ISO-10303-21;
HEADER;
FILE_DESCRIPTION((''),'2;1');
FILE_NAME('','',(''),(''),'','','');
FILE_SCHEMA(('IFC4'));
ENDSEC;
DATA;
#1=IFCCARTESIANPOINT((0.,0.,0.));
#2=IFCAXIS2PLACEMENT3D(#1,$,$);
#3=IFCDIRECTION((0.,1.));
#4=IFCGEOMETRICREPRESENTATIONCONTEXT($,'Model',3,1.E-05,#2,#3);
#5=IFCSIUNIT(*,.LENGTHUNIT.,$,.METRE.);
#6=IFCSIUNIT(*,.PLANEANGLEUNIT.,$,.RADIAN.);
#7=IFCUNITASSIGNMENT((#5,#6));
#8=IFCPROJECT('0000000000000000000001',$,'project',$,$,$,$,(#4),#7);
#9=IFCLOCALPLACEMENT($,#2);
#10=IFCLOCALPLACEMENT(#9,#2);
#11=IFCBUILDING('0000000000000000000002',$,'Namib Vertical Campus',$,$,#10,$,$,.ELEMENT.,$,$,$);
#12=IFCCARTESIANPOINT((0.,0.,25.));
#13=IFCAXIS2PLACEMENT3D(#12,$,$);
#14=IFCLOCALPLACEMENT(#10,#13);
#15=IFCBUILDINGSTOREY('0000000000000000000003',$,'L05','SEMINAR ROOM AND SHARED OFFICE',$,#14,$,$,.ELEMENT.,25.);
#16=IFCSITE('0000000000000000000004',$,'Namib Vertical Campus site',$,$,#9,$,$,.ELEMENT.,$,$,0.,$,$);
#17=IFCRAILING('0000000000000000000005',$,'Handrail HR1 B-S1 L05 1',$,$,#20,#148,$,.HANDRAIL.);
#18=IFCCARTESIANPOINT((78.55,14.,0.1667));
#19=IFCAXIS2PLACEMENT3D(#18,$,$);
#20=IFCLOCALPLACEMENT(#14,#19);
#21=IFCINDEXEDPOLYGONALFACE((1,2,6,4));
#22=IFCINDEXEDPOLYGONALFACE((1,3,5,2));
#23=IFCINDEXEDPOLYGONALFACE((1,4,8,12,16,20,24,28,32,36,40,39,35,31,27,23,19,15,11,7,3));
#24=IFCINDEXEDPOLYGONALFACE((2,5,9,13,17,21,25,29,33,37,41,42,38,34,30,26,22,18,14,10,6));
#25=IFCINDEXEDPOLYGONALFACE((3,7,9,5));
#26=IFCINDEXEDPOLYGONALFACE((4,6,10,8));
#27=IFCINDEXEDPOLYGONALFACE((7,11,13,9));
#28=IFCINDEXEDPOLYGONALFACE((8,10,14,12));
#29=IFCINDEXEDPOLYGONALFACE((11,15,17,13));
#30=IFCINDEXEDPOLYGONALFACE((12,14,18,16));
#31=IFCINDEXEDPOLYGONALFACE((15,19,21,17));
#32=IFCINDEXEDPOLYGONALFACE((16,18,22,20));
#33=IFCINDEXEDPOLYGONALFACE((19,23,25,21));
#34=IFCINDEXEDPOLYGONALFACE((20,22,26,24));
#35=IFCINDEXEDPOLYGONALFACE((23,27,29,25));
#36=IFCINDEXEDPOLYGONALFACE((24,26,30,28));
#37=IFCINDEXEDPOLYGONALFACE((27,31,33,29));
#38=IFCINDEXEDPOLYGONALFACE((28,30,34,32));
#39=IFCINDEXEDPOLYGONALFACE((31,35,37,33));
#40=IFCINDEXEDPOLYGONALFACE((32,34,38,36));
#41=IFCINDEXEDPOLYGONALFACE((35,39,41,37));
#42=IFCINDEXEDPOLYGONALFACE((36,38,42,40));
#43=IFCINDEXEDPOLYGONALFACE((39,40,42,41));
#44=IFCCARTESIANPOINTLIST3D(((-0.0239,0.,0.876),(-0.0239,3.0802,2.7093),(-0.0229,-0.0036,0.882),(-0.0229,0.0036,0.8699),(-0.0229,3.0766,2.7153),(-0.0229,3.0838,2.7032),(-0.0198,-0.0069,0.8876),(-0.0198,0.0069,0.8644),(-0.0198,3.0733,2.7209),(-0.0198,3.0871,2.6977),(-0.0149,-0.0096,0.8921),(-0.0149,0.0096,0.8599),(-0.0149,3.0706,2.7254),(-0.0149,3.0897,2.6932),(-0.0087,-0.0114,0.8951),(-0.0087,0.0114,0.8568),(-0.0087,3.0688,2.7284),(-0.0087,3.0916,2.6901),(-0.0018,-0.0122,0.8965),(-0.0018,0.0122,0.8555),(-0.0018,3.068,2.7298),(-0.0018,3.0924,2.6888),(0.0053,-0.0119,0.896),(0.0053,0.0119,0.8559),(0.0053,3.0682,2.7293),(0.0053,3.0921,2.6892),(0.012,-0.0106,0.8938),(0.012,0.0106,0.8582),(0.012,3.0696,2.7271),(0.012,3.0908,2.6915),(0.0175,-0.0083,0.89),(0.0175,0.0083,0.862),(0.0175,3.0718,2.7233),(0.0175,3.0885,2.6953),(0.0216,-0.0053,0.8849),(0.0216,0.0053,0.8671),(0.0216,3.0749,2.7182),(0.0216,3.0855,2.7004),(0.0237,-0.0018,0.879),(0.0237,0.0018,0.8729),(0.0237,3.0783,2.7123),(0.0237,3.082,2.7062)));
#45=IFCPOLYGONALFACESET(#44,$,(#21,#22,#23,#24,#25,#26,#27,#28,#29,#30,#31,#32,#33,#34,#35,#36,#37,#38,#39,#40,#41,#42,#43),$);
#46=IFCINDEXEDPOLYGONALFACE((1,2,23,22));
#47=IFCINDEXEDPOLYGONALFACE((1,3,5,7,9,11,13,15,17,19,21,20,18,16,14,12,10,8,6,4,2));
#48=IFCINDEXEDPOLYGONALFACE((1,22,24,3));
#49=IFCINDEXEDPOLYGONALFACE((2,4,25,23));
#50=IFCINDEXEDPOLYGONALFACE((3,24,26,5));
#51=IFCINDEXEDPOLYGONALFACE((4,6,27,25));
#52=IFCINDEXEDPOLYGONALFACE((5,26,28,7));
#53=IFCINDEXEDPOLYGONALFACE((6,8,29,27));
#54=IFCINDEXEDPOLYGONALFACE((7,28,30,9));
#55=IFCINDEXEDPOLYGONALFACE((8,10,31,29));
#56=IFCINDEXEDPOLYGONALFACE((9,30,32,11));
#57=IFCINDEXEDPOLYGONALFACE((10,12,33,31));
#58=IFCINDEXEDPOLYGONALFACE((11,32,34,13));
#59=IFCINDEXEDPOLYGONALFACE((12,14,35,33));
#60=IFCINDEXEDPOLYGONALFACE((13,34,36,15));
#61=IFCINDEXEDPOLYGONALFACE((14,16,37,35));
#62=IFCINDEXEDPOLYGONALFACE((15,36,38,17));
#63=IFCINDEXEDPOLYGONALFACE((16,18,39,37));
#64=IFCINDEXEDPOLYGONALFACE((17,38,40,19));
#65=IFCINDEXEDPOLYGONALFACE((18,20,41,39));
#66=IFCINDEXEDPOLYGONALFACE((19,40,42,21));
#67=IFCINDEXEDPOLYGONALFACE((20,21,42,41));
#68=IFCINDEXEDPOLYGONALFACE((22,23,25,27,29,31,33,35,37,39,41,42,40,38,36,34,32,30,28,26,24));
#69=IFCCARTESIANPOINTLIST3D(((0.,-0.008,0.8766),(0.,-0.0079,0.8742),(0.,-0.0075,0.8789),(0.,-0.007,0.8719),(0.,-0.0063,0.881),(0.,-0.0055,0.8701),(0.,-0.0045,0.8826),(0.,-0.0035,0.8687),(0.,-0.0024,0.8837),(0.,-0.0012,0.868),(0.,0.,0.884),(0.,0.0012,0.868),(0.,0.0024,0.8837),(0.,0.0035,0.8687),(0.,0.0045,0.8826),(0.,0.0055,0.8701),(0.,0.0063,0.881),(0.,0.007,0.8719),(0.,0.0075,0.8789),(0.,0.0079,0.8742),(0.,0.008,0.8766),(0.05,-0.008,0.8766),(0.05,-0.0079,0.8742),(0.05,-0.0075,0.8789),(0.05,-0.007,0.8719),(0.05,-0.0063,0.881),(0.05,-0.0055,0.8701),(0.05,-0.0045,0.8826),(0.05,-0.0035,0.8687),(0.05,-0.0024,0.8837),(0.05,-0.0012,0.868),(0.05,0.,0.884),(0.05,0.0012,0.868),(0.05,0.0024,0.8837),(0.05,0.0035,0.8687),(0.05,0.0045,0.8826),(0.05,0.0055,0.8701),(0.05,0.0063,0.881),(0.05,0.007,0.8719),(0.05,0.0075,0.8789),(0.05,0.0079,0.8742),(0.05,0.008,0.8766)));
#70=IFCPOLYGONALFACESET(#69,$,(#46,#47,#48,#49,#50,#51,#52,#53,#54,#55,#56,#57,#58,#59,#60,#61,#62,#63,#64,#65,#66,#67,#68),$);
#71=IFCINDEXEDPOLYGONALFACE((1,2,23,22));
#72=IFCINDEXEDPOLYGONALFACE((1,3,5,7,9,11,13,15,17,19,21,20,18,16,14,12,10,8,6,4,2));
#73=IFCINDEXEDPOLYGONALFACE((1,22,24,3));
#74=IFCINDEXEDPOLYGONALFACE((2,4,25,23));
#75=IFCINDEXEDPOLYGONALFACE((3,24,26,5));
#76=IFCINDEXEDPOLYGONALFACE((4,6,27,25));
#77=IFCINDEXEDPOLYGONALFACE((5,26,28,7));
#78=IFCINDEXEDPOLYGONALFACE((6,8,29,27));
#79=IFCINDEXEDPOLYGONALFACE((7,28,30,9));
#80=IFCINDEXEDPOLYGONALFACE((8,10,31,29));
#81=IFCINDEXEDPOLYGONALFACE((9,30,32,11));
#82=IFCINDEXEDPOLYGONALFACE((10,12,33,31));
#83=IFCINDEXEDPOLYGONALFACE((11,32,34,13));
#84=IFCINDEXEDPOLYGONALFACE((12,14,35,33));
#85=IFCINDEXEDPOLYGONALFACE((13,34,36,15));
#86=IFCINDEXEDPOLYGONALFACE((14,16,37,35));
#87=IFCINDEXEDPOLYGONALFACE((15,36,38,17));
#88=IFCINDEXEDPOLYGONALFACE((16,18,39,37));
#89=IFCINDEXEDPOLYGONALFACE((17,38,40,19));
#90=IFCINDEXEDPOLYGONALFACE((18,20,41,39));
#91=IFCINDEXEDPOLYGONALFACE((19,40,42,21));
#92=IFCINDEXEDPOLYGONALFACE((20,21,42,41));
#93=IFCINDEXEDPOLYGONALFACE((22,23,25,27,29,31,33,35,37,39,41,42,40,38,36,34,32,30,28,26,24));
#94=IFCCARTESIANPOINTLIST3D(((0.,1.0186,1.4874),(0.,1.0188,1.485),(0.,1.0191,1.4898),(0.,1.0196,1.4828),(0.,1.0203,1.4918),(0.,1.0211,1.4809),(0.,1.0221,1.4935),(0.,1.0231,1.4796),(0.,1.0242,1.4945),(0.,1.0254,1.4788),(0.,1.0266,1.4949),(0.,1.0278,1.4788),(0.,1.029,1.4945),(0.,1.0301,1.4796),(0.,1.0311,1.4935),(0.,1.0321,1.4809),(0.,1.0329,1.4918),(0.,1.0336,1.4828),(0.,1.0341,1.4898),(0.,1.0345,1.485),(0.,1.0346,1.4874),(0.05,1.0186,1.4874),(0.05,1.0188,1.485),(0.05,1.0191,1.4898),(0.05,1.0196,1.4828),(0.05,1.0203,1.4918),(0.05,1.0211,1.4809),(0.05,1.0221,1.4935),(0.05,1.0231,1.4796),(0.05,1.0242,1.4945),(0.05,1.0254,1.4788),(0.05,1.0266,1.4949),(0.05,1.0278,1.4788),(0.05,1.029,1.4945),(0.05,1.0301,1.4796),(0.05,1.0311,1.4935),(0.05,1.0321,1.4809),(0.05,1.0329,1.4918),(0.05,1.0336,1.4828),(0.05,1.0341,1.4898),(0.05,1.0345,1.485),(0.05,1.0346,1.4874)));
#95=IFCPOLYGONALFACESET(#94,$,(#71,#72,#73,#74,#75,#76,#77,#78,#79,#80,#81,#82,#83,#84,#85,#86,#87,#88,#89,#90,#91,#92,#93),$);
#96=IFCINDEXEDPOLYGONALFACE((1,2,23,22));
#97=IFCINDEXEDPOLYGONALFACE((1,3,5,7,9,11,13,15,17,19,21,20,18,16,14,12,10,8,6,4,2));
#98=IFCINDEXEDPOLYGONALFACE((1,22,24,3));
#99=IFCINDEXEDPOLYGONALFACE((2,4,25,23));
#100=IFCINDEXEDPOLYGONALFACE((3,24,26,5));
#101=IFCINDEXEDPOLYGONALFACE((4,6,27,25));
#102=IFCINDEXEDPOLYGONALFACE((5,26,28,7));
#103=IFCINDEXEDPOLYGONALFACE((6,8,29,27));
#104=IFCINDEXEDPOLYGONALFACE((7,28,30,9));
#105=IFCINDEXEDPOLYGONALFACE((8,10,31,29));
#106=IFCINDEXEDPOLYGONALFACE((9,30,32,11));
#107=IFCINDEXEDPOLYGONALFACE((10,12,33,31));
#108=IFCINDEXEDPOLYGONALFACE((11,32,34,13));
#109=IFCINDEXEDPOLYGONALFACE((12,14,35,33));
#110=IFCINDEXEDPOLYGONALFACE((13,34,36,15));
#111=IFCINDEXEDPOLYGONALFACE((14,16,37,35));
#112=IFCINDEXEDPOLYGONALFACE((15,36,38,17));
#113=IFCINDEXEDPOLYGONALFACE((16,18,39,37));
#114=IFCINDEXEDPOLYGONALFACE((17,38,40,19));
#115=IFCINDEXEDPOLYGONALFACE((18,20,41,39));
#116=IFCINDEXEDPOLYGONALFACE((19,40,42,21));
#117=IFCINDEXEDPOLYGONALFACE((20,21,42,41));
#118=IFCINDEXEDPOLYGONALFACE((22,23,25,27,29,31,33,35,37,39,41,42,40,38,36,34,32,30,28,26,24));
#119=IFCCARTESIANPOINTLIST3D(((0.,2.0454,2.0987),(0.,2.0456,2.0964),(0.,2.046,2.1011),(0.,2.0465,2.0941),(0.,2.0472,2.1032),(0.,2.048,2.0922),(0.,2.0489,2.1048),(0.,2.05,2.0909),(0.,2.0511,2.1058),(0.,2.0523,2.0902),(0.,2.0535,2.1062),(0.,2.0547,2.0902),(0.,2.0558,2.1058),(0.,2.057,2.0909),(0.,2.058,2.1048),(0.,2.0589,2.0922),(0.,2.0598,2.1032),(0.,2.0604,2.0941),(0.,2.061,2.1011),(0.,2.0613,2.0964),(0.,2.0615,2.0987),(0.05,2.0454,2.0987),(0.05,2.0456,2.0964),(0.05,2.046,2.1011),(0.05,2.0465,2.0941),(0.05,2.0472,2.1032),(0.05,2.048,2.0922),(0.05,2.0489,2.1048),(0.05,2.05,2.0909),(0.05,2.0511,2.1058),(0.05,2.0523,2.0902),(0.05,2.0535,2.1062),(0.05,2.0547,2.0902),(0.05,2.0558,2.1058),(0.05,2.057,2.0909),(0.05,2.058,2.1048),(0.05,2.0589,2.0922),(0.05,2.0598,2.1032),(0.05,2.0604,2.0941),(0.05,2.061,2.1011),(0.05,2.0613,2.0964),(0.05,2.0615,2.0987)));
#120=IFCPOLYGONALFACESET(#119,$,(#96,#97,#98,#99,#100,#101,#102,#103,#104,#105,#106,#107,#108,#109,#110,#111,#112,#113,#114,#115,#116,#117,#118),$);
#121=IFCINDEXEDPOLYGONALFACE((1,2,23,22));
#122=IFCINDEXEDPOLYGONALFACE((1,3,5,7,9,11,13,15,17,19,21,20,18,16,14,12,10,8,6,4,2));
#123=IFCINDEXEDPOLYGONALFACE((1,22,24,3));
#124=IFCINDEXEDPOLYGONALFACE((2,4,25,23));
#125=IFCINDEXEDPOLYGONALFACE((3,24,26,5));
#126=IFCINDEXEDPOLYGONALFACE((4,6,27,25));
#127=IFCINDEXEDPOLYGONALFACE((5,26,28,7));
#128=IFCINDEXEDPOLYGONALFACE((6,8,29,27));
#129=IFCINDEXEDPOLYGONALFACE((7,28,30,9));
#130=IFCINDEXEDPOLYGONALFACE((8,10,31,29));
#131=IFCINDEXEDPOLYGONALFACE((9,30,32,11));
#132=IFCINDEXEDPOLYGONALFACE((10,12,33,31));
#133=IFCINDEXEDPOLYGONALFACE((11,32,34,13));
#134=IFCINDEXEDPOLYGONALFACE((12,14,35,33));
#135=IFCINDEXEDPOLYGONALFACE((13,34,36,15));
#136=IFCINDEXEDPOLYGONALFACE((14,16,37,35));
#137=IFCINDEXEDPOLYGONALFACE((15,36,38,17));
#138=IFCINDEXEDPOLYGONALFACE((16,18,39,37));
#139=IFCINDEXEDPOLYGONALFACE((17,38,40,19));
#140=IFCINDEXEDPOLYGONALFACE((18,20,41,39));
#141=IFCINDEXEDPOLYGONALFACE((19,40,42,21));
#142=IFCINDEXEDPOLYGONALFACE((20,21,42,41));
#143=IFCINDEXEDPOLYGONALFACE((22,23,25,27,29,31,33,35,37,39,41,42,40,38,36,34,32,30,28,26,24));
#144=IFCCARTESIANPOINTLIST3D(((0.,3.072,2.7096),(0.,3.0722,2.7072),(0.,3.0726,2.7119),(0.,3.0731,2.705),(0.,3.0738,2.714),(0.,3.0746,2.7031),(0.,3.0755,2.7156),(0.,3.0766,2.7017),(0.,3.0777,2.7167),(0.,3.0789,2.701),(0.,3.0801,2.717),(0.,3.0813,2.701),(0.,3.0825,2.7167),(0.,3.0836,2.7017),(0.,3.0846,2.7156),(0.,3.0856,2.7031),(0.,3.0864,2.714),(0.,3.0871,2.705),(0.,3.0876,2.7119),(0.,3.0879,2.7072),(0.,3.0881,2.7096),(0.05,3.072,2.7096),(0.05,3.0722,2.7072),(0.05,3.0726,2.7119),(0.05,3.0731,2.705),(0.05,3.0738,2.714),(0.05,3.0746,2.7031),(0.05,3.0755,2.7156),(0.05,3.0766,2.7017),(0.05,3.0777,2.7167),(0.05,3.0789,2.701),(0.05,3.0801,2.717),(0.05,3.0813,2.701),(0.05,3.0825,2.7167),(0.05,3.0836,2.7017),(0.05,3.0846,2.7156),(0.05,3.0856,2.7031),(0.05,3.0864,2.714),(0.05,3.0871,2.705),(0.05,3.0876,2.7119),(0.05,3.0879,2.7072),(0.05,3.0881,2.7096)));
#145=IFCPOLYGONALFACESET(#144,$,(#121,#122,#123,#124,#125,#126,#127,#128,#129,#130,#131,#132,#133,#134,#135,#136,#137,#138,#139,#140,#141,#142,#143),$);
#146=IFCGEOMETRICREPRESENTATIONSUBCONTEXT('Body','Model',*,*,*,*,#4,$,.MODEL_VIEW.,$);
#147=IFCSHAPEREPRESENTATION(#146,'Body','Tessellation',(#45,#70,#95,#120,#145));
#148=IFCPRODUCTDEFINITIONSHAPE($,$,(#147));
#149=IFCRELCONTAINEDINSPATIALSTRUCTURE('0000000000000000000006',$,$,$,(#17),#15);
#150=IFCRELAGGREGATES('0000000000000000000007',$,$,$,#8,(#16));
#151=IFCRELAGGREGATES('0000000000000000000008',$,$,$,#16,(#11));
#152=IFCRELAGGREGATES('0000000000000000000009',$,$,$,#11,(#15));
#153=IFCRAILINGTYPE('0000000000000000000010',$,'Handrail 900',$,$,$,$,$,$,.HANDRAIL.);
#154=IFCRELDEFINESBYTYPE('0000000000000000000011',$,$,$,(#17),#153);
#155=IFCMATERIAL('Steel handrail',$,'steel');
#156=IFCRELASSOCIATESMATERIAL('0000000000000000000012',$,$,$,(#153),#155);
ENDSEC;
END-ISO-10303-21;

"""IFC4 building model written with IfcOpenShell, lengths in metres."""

from ifc_helpers import new_model, si_unit, direction, frame, origin, origin_2d, place, context, subcontext, project, spatial, circle, extrude, material, type_object, element, save


model = new_model("IFC4")

# Units and contexts
model_context = context("Model", 3, precision=1e-05, world=origin(), true_north=direction((0.0, 1.0)))
body_context = subcontext(model_context, "Body", "Model", "MODEL_VIEW")
ifc_project = project(units=[si_unit("LENGTHUNIT", "METRE"), si_unit("PLANEANGLEUNIT", "RADIAN")], contexts=[model_context])

# Site, building, storey
site_placement = place(None, origin())
site = spatial("IfcSite", under=ifc_project, at=site_placement, Name="Namib Vertical Campus site", CompositionType="ELEMENT", RefElevation=0.0)
building_placement = place(site_placement, origin())
building = spatial("IfcBuilding", under=site, at=building_placement, Name="Namib Vertical Campus", CompositionType="ELEMENT")
storey_placement = place(building_placement, frame((0.0, 0.0, 25.0)))
storey = spatial("IfcBuildingStorey", under=building, at=storey_placement, Name="L05", Description="SEMINAR ROOM AND SHARED OFFICE", CompositionType="ELEMENT", Elevation=25.0)

# Railing
ifc_material_1 = material(Name="Steel handrail", Category="steel")
railing_type_1 = type_object("IfcRailingType", Name="Handrail 900", PredefinedType="HANDRAIL", material=ifc_material_1)
railing_1_placement = place(storey_placement, frame((78.55, 14.0, 0.1667)))
element("IfcRailing", 1, at=railing_1_placement, inside=storey, type_object=railing_type_1, Name="Handrail HR1 B-S1 L05 1", PredefinedType="HANDRAIL", context=body_context, shape_type="SweptSolid", body=[
    extrude(circle(Radius=0.0239, at=origin_2d()), frame((0.0, 0.0, 0.876), z_axis=(0.0, 0.859309, 0.511458), x_axis=(-1.0, 0.0, 0.0)), (0.0, 0.0, 1.0), 3.5845),
    extrude(circle(Radius=0.0081, at=origin_2d()), frame((0.0, 0.0, 0.876), z_axis=(1.0, 0.0, 0.0), x_axis=(0.0, 0.0, 1.0)), (0.0, 0.0, 1.0), 0.05),
    extrude(circle(Radius=0.0081, at=origin_2d()), frame((0.0, 1.0266, 1.4868), z_axis=(1.0, 0.0, 0.0), x_axis=(0.0, 0.0, 1.0)), (0.0, 0.0, 1.0), 0.05),
    extrude(circle(Radius=0.0081, at=origin_2d()), frame((0.0, 2.0535, 2.0981), z_axis=(1.0, 0.0, 0.0), x_axis=(0.0, 0.0, 1.0)), (0.0, 0.0, 1.0), 0.05),
    extrude(circle(Radius=0.0081, at=origin_2d()), frame((0.0, 3.0801, 2.709), z_axis=(1.0, 0.0, 0.0), x_axis=(0.0, 0.0, 1.0)), (0.0, 0.0, 1.0), 0.05),
])

save(model, "model.ifc")
